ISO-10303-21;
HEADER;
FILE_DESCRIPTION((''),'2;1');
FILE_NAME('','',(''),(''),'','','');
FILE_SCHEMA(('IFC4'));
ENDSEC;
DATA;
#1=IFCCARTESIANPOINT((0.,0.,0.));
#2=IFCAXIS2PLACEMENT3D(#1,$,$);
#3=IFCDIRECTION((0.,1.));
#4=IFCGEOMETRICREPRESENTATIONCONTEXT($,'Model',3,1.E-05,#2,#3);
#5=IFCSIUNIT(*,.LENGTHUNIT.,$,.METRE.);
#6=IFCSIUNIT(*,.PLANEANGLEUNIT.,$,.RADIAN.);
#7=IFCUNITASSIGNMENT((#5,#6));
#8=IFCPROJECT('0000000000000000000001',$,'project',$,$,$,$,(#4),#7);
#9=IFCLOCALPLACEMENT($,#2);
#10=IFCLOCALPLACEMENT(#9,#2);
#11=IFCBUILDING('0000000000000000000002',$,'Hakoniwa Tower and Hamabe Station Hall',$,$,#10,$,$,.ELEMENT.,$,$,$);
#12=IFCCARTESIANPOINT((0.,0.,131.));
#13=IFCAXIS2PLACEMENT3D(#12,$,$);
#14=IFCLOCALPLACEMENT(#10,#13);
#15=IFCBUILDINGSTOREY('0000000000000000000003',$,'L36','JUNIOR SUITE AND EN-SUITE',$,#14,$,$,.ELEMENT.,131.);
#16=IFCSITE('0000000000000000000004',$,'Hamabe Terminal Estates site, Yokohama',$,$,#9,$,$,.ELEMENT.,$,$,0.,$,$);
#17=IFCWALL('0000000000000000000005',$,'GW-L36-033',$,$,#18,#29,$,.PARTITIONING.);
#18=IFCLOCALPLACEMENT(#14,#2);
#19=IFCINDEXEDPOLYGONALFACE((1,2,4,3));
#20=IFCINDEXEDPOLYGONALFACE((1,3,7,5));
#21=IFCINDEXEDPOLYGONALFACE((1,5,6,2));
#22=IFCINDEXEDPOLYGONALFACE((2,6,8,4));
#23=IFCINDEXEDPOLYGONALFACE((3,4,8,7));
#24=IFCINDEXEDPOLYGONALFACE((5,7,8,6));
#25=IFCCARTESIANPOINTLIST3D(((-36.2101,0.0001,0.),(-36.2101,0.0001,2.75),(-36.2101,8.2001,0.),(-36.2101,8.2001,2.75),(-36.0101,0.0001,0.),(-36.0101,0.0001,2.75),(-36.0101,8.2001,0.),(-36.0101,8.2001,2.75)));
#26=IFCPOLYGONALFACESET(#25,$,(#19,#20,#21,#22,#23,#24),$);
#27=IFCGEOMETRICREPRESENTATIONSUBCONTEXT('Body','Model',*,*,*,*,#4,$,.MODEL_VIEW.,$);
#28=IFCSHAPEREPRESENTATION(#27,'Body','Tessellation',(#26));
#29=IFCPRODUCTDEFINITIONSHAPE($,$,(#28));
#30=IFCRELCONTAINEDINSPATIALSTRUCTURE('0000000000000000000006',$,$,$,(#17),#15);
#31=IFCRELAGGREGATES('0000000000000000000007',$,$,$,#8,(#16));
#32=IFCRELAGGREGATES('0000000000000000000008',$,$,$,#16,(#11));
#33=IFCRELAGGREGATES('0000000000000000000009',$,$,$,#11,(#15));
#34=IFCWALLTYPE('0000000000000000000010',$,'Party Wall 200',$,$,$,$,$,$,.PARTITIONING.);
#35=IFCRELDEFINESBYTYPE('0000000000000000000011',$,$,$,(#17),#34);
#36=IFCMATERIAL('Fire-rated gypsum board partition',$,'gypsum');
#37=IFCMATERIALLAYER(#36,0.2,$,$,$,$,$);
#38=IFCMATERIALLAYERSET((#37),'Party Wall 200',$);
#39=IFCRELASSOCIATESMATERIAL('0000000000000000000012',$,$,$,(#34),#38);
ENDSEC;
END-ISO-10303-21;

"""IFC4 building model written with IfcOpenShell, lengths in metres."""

from ifc_helpers import new_model, si_unit, direction, frame, frame_2d, origin, place, context, subcontext, project, spatial, rectangle, extrude, material, layer, layer_set, type_object, element, save


model = new_model("IFC4")

# Units and contexts
model_context = context("Model", 3, precision=1e-05, world=origin(), true_north=direction((0.0, 1.0)))
body_context = subcontext(model_context, "Body", "Model", "MODEL_VIEW")
ifc_project = project(units=[si_unit("LENGTHUNIT", "METRE"), si_unit("PLANEANGLEUNIT", "RADIAN")], contexts=[model_context])

# Site, building, storey
site_placement = place(None, origin())
site = spatial("IfcSite", under=ifc_project, at=site_placement, Name="Hamabe Terminal Estates site, Yokohama", CompositionType="ELEMENT", RefElevation=0.0)
building_placement = place(site_placement, origin())
building = spatial("IfcBuilding", under=site, at=building_placement, Name="Hakoniwa Tower and Hamabe Station Hall", CompositionType="ELEMENT")
storey_placement = place(building_placement, frame((0.0, 0.0, 131.0)))
storey = spatial("IfcBuildingStorey", under=building, at=storey_placement, Name="L36", Description="JUNIOR SUITE AND EN-SUITE", CompositionType="ELEMENT", Elevation=131.0)

# Wall
ifc_material_1 = material(Name="Fire-rated gypsum board partition", Category="gypsum")
ifc_layer_1 = layer(ifc_material_1, 0.2)
ifc_layer_set_1 = layer_set([ifc_layer_1], Name="Party Wall 200")
wall_type_1 = type_object("IfcWallType", Name="Party Wall 200", PredefinedType="PARTITIONING", material=ifc_layer_set_1)
wall_1_placement = place(storey_placement, frame((-36.1101, 0.0, 0.0), z_axis=(0.0, 0.0, 1.0), x_axis=(0.0, 1.0, 0.0)))
element("IfcWall", 1, at=wall_1_placement, inside=storey, type_object=wall_type_1, Name="GW-L36-033", PredefinedType="PARTITIONING", context=body_context, shape_type="SweptSolid", body=[
    extrude(rectangle(XDim=8.2, YDim=0.2, at=frame_2d((4.1001, 0.0))), origin(), (0.0, 0.0, 1.0), 2.75),
])

save(model, "model.ifc")
